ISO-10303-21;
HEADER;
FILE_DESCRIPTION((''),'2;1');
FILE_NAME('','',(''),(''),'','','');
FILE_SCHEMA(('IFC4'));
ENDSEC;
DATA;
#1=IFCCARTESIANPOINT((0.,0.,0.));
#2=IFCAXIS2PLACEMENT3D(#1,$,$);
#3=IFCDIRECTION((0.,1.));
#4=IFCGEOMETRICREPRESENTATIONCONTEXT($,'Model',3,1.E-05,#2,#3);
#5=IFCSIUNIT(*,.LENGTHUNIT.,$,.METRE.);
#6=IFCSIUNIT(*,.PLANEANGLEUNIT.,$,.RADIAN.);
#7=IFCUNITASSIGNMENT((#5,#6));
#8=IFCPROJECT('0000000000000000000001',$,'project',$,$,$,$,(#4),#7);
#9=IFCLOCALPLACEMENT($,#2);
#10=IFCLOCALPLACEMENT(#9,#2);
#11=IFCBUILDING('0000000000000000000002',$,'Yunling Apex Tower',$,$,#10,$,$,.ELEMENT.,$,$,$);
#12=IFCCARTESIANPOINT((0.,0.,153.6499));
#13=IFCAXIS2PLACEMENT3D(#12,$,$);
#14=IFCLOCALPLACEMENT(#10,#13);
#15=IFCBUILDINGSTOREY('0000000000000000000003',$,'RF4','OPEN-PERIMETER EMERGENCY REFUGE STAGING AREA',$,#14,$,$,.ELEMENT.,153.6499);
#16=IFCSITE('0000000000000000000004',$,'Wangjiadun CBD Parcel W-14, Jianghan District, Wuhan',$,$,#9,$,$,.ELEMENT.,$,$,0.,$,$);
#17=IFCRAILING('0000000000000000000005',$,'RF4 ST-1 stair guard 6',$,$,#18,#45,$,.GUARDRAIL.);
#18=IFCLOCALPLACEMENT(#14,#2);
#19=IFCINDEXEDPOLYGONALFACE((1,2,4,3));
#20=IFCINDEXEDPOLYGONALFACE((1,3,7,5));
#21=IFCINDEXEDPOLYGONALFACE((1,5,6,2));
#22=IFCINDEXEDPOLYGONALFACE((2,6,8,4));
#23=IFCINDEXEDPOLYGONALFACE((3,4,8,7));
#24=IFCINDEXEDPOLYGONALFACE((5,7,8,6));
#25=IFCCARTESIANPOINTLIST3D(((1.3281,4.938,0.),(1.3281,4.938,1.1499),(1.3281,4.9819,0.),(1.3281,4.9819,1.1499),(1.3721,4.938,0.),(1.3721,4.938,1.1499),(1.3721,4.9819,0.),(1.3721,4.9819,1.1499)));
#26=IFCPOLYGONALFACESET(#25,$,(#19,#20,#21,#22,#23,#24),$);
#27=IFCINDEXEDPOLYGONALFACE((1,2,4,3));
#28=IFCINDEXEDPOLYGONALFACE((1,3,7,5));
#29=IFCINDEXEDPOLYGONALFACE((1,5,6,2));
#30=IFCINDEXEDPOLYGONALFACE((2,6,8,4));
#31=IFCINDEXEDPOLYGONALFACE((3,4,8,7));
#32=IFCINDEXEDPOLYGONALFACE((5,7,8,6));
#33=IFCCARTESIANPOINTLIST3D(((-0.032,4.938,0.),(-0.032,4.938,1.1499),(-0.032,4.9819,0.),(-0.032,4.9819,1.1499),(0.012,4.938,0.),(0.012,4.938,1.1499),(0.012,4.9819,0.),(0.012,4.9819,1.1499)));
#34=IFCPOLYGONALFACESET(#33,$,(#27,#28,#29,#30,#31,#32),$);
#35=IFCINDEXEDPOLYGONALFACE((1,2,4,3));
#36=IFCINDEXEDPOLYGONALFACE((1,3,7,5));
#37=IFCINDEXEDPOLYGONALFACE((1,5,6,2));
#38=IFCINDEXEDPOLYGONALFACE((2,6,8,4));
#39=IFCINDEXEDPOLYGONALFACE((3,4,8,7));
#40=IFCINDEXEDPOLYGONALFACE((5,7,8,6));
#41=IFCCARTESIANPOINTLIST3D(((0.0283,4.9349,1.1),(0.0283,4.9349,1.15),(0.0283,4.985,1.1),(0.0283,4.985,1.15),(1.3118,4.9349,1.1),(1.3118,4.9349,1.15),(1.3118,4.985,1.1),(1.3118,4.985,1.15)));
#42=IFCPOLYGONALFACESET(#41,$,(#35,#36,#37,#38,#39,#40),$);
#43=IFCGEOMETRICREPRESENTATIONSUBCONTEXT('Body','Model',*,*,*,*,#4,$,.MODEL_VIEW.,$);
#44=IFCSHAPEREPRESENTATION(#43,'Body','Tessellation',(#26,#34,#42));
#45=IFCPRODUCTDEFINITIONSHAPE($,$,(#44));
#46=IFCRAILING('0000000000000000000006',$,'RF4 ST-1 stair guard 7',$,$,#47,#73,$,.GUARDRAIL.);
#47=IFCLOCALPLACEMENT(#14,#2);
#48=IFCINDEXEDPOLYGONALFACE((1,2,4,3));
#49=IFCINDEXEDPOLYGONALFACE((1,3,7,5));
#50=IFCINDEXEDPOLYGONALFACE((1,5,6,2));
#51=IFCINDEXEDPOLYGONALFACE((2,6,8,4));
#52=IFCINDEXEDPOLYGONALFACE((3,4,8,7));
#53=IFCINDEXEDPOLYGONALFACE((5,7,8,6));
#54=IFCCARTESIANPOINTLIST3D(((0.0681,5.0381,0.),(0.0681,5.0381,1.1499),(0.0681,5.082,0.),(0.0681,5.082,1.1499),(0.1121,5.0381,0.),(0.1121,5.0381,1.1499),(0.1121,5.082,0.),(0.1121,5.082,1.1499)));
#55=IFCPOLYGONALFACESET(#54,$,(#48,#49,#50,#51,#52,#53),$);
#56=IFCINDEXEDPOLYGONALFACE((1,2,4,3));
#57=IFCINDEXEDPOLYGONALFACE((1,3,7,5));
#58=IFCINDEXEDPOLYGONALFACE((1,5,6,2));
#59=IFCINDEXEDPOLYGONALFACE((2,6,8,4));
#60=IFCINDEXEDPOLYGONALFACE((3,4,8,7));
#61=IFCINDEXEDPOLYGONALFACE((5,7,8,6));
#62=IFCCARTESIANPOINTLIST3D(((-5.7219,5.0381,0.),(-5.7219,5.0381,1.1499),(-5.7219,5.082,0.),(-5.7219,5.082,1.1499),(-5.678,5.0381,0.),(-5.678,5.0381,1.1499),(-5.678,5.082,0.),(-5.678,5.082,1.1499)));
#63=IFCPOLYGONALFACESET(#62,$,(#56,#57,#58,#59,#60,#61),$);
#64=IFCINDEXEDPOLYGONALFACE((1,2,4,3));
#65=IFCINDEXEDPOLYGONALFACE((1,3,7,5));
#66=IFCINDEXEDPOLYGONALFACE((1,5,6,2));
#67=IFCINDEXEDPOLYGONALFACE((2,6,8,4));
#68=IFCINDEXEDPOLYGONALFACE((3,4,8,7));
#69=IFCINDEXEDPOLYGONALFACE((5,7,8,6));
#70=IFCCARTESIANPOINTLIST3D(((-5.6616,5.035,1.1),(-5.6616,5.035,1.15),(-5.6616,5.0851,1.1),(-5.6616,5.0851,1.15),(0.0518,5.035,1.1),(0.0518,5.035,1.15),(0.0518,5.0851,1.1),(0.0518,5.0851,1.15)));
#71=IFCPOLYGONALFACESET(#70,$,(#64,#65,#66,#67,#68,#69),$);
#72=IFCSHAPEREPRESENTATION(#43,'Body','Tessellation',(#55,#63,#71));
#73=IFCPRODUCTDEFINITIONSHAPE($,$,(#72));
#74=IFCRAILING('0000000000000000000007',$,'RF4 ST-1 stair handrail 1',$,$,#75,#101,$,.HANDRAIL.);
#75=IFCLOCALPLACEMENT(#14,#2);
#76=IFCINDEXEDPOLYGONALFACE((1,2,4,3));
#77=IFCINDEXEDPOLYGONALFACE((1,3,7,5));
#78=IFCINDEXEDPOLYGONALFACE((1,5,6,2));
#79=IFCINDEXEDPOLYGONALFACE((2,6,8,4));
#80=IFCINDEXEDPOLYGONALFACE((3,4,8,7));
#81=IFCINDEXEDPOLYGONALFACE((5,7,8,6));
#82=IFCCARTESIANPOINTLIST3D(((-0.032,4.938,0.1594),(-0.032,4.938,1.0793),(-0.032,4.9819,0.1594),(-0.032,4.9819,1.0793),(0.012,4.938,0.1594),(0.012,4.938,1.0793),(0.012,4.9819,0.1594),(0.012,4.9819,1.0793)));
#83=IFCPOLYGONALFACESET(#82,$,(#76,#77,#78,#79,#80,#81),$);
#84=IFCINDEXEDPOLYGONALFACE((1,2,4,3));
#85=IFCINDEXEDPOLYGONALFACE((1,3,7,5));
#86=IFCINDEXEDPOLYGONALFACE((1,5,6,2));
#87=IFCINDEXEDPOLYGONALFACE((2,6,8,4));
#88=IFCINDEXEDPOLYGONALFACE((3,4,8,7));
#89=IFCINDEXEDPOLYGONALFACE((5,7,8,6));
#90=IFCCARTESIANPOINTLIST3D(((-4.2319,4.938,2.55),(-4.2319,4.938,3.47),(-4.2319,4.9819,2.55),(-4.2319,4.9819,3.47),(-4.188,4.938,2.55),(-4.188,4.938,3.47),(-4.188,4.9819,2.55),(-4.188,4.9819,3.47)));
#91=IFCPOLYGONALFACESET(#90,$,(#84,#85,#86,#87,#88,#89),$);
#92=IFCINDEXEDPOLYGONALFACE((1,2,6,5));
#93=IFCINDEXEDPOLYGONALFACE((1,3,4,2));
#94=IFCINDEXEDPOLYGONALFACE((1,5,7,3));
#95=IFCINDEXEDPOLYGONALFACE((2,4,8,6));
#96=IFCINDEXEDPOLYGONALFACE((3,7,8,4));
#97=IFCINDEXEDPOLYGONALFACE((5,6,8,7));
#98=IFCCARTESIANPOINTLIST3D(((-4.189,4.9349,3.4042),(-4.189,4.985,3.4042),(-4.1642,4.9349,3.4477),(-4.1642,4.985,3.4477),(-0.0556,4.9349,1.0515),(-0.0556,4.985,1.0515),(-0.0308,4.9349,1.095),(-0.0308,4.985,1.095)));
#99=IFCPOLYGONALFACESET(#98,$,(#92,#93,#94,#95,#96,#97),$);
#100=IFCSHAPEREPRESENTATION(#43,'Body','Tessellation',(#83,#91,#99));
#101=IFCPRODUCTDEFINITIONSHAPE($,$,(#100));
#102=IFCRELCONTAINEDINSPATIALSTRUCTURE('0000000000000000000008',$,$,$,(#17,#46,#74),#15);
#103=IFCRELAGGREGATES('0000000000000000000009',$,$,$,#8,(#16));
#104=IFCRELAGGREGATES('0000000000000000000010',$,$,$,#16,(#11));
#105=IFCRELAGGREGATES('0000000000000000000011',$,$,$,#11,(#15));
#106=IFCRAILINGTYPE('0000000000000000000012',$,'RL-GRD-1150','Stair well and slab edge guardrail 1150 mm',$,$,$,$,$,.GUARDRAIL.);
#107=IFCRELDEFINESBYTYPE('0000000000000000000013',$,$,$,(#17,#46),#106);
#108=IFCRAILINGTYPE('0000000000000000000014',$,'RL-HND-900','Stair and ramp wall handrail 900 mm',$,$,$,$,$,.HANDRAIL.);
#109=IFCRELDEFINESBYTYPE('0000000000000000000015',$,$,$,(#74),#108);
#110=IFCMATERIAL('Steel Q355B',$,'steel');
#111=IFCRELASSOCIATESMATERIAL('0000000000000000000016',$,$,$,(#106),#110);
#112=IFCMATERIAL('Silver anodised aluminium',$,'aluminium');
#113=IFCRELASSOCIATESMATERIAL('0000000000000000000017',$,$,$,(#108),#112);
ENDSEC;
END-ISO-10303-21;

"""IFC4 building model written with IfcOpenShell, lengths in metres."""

from ifc_helpers import new_model, si_unit, direction, frame, origin, origin_2d, place, context, subcontext, project, spatial, rectangle, extrude, material, type_object, element, save


model = new_model("IFC4")

# Units and contexts
model_context = context("Model", 3, precision=1e-05, world=origin(), true_north=direction((0.0, 1.0)))
body_context = subcontext(model_context, "Body", "Model", "MODEL_VIEW")
ifc_project = project(units=[si_unit("LENGTHUNIT", "METRE"), si_unit("PLANEANGLEUNIT", "RADIAN")], contexts=[model_context])

# Site, building, storey
site_placement = place(None, origin())
site = spatial("IfcSite", under=ifc_project, at=site_placement, Name="Wangjiadun CBD Parcel W-14, Jianghan District, Wuhan", CompositionType="ELEMENT", RefElevation=0.0)
building_placement = place(site_placement, origin())
building = spatial("IfcBuilding", under=site, at=building_placement, Name="Yunling Apex Tower", CompositionType="ELEMENT")
storey_placement = place(building_placement, frame((0.0, 0.0, 153.6499)))
storey = spatial("IfcBuildingStorey", under=building, at=storey_placement, Name="RF4", Description="OPEN-PERIMETER EMERGENCY REFUGE STAGING AREA", CompositionType="ELEMENT", Elevation=153.6499)

# Shared definitions
ifc_material_1 = material(Name="Steel Q355B", Category="steel")

# Railings
railing_type_1 = type_object("IfcRailingType", Name="RL-GRD-1150", Description="Stair well and slab edge guardrail 1150 mm", PredefinedType="GUARDRAIL", material=ifc_material_1)
railing_1_placement = place(storey_placement, frame((1.3501, 4.96, 0.0)))
element("IfcRailing", 1, at=railing_1_placement, inside=storey, type_object=railing_type_1, Name="RF4 ST-1 stair guard 6", PredefinedType="GUARDRAIL", context=body_context, shape_type="SweptSolid", body=[
    extrude(rectangle(XDim=0.0439, YDim=0.0439, at=origin_2d()), origin(), (0.0, 0.0, 1.0), 1.1499),
    extrude(rectangle(XDim=0.0439, YDim=0.0439, at=origin_2d()), frame((-1.3601, 0.0, 0.0)), (0.0, 0.0, 1.0), 1.1499),
    extrude(rectangle(XDim=0.05, YDim=0.05, at=origin_2d()), frame((-0.0383, 0.0, 1.125), z_axis=(-1.0, 0.0, 0.0), x_axis=(0.0, -1.0, 0.0)), (0.0, 0.0, 1.0), 1.2834),
])
railing_2_placement = place(storey_placement, frame((0.0901, 5.0601, 0.0)))
element("IfcRailing", 2, at=railing_2_placement, inside=storey, type_object=railing_type_1, Name="RF4 ST-1 stair guard 7", PredefinedType="GUARDRAIL", context=body_context, shape_type="SweptSolid", body=[
    extrude(rectangle(XDim=0.0439, YDim=0.0439, at=origin_2d()), origin(), (0.0, 0.0, 1.0), 1.1499),
    extrude(rectangle(XDim=0.0439, YDim=0.0439, at=origin_2d()), frame((-5.79, 0.0, 0.0)), (0.0, 0.0, 1.0), 1.1499),
    extrude(rectangle(XDim=0.05, YDim=0.05, at=origin_2d()), frame((-0.0383, 0.0, 1.125), z_axis=(-1.0, 0.0, 0.0), x_axis=(0.0, -1.0, 0.0)), (0.0, 0.0, 1.0), 5.7134),
])
ifc_material_2 = material(Name="Silver anodised aluminium", Category="aluminium")
railing_type_2 = type_object("IfcRailingType", Name="RL-HND-900", Description="Stair and ramp wall handrail 900 mm", PredefinedType="HANDRAIL", material=ifc_material_2)
railing_3_placement = place(storey_placement, frame((-0.01, 4.96, 0.1594)))
element("IfcRailing", 3, at=railing_3_placement, inside=storey, type_object=railing_type_2, Name="RF4 ST-1 stair handrail 1", PredefinedType="HANDRAIL", context=body_context, shape_type="SweptSolid", body=[
    extrude(rectangle(XDim=0.0439, YDim=0.0439, at=origin_2d()), origin(), (0.0, 0.0, 1.0), 0.9199),
    extrude(rectangle(XDim=0.0439, YDim=0.0439, at=origin_2d()), frame((-4.2, 0.0, 2.3906)), (0.0, 0.0, 1.0), 0.9199),
    extrude(rectangle(XDim=0.05, YDim=0.05, at=origin_2d()), frame((-0.0332, 0.0, 0.9138), z_axis=(-0.869075, 0.0, 0.49468), x_axis=(0.0, -1.0, 0.0)), (0.0, 0.0, 1.0), 4.7561),
])

save(model, "model.ifc")
